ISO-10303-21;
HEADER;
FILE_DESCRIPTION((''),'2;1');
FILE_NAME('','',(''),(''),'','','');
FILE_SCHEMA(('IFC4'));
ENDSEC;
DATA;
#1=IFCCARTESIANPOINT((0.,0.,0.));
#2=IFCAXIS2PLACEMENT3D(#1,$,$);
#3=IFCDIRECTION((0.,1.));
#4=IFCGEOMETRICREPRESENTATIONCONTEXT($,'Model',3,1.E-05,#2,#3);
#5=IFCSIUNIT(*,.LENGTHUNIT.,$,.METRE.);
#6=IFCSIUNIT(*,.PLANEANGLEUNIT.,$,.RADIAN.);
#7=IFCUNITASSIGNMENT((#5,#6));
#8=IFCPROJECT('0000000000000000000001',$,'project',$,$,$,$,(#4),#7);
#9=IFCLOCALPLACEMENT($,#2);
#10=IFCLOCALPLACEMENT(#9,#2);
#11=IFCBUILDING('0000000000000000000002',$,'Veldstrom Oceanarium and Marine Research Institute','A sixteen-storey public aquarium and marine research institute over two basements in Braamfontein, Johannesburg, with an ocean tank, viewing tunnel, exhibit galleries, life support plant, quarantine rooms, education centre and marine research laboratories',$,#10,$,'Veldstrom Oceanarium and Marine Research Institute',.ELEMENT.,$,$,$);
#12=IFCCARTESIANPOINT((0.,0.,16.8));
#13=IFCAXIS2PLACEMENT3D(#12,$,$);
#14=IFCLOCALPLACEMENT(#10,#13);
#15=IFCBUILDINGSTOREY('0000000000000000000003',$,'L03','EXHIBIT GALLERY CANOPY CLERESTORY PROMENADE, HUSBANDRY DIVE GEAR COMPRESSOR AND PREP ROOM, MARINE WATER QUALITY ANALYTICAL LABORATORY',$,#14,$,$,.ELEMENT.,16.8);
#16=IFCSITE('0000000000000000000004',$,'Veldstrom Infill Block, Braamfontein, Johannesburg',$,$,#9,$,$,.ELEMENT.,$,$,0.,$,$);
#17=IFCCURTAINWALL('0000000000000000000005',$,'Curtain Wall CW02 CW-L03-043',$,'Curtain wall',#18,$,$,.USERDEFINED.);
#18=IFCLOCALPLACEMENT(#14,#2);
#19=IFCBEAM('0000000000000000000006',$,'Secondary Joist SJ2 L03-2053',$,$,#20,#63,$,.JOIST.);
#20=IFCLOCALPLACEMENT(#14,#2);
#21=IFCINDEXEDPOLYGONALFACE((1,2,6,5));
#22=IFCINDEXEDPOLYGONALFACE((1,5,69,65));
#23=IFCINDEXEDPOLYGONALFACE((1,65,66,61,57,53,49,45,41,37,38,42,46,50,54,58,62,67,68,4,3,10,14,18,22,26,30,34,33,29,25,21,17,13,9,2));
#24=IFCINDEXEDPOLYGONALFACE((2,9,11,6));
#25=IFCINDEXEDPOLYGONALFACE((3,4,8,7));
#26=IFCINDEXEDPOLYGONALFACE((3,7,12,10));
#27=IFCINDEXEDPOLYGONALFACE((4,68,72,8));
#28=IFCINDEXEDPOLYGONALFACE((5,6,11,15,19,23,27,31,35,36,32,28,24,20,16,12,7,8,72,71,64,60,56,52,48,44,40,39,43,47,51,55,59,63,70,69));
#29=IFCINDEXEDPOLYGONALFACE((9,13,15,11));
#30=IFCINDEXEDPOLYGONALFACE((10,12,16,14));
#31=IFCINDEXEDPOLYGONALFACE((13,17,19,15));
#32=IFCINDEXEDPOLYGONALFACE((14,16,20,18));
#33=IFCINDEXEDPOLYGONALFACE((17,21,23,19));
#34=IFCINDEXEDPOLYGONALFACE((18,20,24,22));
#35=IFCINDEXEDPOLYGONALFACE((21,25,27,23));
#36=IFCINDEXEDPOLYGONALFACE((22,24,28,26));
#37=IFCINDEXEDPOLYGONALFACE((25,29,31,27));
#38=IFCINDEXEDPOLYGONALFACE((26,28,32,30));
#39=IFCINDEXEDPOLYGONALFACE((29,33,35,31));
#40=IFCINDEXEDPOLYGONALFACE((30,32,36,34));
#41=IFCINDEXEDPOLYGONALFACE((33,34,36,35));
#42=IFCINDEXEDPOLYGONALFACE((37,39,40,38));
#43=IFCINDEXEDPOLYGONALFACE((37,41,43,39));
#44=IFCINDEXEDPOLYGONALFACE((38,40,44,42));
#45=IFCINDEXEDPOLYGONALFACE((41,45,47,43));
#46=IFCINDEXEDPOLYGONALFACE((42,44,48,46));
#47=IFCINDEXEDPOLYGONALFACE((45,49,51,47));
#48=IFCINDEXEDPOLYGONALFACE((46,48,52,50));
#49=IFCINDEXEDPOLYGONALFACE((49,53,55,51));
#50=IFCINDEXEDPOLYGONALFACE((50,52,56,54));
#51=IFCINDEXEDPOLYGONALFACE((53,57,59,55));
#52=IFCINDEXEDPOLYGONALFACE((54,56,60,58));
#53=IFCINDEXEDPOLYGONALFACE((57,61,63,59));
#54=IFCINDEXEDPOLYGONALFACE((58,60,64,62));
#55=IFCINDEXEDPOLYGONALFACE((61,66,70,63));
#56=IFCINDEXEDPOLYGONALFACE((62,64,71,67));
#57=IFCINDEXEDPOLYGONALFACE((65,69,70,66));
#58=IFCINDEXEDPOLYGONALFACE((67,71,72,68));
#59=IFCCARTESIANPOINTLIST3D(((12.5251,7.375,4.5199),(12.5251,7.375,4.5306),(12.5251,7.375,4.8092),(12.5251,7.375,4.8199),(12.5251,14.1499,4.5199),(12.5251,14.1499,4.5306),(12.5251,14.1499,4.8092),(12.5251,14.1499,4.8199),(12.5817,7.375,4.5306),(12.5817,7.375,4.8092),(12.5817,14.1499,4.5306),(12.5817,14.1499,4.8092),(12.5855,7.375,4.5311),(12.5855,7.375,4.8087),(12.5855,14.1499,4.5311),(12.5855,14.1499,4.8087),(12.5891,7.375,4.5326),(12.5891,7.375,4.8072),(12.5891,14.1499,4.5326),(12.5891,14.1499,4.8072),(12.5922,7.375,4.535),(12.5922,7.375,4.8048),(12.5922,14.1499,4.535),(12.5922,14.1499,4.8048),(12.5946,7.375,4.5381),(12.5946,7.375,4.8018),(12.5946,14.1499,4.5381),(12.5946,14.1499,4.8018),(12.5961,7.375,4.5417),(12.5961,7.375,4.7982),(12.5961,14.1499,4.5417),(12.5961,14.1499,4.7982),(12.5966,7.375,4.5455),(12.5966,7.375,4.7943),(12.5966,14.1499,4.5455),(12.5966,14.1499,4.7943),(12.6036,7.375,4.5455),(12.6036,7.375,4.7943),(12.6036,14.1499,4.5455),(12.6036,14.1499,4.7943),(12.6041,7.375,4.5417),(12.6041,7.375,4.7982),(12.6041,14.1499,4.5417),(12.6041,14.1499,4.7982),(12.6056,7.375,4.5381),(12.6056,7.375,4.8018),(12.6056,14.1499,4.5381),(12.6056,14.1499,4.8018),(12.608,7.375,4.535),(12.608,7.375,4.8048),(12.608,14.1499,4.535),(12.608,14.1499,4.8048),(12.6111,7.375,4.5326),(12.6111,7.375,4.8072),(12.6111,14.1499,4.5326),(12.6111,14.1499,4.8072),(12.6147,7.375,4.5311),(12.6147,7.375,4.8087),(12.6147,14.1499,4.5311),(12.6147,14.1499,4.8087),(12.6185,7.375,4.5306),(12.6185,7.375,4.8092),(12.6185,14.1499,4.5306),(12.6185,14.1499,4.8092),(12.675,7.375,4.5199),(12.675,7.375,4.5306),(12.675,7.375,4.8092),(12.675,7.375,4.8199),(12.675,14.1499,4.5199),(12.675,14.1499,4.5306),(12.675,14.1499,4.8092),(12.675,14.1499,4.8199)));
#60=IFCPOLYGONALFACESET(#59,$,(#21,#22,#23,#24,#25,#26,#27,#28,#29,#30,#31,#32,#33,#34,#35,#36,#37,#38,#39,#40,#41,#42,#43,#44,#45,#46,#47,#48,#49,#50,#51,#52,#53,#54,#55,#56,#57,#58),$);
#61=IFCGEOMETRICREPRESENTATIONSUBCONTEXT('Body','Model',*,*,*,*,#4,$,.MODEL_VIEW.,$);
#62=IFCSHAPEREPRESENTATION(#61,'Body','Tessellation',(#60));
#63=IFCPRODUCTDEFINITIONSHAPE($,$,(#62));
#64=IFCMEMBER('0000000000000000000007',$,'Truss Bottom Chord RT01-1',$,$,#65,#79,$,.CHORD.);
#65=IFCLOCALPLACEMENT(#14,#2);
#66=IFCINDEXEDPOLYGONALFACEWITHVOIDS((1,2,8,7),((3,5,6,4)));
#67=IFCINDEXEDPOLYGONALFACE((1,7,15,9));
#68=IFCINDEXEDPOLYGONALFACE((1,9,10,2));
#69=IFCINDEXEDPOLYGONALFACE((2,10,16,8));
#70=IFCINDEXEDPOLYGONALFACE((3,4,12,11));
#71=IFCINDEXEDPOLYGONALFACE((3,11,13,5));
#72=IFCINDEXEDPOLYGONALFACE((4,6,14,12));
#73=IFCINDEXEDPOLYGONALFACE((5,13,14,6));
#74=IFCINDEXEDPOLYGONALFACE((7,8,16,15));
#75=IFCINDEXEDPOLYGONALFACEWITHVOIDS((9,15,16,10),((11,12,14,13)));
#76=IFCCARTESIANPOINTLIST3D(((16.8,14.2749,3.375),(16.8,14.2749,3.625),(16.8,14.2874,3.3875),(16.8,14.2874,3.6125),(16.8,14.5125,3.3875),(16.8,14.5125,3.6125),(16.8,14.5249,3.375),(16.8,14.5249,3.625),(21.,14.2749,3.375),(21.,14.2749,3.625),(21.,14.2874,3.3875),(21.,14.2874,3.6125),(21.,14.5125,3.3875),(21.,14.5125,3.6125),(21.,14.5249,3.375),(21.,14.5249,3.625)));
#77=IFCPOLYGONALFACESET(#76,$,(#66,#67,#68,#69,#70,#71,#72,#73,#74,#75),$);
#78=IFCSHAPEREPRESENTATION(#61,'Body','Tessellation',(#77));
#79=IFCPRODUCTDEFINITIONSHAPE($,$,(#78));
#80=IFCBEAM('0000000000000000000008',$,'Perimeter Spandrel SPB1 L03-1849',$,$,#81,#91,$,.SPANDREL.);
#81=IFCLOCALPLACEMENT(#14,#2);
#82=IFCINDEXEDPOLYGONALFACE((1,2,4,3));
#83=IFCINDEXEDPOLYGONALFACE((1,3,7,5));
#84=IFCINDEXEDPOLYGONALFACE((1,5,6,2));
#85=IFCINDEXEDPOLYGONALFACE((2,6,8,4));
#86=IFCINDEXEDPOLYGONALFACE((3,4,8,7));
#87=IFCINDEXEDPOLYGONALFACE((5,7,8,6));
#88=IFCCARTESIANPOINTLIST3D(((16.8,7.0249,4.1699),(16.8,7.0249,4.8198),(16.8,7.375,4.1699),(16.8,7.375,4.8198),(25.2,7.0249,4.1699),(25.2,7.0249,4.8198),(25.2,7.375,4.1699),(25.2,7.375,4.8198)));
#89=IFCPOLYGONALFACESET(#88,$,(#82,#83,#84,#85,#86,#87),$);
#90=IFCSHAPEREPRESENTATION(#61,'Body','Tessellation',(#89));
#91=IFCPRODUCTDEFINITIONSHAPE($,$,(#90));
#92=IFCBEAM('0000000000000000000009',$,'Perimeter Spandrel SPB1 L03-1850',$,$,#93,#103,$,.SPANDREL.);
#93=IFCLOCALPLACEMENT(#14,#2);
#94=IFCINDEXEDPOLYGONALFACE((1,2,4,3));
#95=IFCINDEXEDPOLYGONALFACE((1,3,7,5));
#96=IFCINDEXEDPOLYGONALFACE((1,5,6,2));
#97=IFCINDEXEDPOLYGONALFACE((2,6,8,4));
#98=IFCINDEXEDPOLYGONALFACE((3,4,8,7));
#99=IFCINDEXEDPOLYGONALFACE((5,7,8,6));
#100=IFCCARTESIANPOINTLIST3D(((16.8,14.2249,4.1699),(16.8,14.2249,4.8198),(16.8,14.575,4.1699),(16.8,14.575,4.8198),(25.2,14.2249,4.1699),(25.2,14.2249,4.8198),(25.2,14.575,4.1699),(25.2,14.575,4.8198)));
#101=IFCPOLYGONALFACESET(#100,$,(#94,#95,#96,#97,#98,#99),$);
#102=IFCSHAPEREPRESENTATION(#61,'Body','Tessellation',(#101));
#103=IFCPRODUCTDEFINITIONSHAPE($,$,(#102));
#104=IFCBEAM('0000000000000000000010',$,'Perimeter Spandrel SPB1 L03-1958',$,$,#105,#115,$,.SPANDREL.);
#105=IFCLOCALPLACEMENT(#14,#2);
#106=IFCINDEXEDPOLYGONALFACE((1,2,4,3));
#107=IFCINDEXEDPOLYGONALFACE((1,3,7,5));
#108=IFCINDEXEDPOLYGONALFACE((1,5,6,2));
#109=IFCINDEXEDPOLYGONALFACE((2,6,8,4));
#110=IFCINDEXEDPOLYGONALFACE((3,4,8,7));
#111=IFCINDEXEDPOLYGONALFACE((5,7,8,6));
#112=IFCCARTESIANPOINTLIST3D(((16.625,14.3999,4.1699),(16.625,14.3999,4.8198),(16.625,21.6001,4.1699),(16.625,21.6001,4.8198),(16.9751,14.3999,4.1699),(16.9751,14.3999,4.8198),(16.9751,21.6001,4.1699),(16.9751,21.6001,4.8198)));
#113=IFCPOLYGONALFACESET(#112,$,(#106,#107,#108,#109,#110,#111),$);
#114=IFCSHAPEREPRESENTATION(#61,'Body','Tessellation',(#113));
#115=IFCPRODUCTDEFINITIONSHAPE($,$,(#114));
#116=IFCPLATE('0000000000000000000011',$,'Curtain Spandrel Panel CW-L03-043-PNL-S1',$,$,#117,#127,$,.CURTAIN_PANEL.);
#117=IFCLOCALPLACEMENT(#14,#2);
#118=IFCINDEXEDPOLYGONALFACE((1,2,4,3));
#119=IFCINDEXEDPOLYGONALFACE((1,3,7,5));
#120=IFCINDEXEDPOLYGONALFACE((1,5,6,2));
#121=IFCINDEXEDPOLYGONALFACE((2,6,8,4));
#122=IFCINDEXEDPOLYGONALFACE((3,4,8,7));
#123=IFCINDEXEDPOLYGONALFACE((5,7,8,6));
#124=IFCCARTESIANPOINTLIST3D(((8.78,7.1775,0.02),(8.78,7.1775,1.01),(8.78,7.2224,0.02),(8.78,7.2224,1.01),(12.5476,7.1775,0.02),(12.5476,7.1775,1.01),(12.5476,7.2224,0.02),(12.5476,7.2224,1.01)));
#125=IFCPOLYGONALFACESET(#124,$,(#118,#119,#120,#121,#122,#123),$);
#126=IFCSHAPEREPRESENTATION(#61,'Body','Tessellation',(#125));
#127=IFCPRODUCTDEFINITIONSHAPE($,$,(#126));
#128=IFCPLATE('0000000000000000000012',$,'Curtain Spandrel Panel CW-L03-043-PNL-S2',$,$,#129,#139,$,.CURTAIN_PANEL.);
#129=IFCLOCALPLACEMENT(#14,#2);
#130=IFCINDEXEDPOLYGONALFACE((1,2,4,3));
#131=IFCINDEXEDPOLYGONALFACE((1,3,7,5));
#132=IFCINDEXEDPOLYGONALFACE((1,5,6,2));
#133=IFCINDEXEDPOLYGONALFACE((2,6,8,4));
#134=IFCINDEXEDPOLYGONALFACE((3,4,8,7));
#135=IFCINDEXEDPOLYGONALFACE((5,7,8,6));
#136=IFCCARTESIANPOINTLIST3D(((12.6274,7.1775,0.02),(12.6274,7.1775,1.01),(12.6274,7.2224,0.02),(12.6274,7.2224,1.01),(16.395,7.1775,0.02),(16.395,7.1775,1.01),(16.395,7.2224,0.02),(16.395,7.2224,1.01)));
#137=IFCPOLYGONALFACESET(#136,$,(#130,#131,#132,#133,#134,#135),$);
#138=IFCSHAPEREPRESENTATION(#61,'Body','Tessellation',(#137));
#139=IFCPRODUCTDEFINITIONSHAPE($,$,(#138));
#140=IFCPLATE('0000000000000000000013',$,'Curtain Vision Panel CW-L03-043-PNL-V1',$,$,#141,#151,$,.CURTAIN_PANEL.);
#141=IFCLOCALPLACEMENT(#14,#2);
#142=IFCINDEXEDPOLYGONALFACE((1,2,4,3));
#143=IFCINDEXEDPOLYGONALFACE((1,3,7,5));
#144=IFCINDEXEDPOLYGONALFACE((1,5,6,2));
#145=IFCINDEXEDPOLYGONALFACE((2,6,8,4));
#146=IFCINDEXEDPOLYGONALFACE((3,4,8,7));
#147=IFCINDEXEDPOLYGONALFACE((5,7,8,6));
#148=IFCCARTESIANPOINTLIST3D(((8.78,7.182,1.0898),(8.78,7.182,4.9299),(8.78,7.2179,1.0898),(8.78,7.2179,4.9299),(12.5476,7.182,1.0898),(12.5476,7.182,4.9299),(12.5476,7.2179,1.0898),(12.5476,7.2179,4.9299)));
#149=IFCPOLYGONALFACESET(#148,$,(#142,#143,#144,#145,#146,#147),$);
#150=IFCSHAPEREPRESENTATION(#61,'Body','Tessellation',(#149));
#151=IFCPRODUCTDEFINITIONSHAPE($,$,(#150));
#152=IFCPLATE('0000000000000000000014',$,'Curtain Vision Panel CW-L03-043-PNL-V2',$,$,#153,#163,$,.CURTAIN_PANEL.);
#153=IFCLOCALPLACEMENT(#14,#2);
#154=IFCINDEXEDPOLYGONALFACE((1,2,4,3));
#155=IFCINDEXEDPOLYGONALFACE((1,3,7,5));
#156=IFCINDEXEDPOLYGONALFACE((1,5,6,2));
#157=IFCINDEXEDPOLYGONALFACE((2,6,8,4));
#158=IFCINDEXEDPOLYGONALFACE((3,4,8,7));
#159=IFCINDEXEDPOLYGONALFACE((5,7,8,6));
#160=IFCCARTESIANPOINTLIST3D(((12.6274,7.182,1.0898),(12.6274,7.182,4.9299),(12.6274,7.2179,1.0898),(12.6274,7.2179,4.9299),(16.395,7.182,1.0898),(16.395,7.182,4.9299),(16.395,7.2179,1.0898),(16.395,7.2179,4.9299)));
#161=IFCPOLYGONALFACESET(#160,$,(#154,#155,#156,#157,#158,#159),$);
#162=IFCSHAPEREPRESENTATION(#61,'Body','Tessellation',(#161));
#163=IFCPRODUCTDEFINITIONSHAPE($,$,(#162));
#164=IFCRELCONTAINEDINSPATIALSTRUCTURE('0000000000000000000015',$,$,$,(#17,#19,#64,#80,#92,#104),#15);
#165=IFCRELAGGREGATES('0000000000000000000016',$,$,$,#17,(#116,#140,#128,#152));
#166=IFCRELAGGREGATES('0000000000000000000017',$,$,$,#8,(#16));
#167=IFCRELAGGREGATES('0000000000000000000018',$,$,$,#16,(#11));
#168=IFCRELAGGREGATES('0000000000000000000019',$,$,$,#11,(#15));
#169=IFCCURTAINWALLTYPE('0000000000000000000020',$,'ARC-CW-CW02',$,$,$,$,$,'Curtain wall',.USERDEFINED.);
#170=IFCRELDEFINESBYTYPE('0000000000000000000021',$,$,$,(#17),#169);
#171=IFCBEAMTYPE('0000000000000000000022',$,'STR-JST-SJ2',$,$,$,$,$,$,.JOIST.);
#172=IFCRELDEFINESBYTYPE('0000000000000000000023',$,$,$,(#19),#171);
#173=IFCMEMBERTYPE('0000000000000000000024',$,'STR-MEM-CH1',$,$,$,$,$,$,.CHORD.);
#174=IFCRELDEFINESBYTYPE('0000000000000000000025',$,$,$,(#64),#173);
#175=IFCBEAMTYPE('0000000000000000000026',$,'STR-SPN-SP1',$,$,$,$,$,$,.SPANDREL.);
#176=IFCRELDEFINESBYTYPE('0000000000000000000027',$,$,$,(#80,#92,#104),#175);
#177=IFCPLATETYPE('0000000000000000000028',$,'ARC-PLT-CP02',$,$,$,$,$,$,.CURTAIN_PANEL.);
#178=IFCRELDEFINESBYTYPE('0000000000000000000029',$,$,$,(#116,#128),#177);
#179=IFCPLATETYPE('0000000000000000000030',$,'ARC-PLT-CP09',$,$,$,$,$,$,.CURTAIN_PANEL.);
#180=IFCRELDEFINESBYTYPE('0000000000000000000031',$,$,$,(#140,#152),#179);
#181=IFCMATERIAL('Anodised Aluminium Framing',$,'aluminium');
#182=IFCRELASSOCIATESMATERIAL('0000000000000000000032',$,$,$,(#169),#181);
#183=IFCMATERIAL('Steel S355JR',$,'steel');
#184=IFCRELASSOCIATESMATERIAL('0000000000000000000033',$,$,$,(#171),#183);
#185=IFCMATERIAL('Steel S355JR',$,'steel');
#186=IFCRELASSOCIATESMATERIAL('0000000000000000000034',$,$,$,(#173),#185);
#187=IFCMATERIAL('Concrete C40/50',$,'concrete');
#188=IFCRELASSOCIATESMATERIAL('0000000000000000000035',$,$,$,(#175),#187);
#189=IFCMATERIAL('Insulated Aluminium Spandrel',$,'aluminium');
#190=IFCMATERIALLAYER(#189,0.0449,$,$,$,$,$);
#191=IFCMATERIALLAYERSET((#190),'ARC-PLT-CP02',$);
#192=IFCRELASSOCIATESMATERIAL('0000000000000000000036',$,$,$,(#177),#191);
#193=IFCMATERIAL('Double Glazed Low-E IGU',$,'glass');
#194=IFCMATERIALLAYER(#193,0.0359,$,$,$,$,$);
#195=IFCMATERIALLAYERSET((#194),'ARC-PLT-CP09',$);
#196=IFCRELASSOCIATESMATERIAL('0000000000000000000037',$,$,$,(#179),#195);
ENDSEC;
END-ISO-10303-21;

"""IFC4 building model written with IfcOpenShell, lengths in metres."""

from ifc_helpers import new_model, si_unit, direction, frame, origin, origin_2d, place, context, subcontext, project, spatial, rectangle, hollow_rectangle, i_section, extrude, material, layer, layer_set, material_profile, profile_set, type_object, element, aggregate, save


model = new_model("IFC4")

# Units and contexts
model_context = context("Model", 3, precision=1e-05, world=origin(), true_north=direction((0.0, 1.0)))
body_context = subcontext(model_context, "Body", "Model", "MODEL_VIEW")
ifc_project = project(units=[si_unit("LENGTHUNIT", "METRE"), si_unit("PLANEANGLEUNIT", "RADIAN")], contexts=[model_context])

# Site, building, storey
site_placement = place(None, origin())
site = spatial("IfcSite", under=ifc_project, at=site_placement, Name="Veldstrom Infill Block, Braamfontein, Johannesburg", CompositionType="ELEMENT", RefElevation=0.0)
building_placement = place(site_placement, origin())
building = spatial("IfcBuilding", under=site, at=building_placement, Name="Veldstrom Oceanarium and Marine Research Institute", Description="A sixteen-storey public aquarium and marine research institute over two basements in Braamfontein, Johannesburg, with an ocean tank, viewing tunnel, exhibit galleries, life support plant, quarantine rooms, education centre and marine research laboratories", LongName="Veldstrom Oceanarium and Marine Research Institute", CompositionType="ELEMENT")
storey_placement = place(building_placement, frame((0.0, 0.0, 16.8)))
storey = spatial("IfcBuildingStorey", under=building, at=storey_placement, Name="L03", Description="EXHIBIT GALLERY CANOPY CLERESTORY PROMENADE, HUSBANDRY DIVE GEAR COMPRESSOR AND PREP ROOM, MARINE WATER QUALITY ANALYTICAL LABORATORY", CompositionType="ELEMENT", Elevation=16.8)

# Curtain wall
ifc_material_1 = material(Name="Anodised Aluminium Framing", Category="aluminium")
curtain_wall_type = type_object("IfcCurtainWallType", Name="ARC-CW-CW02", ElementType="Curtain wall", PredefinedType="USERDEFINED", material=ifc_material_1)
curtain_wall_placement = place(storey_placement, origin())
curtain_wall = element("IfcCurtainWall", 1, at=curtain_wall_placement, inside=storey, type_object=curtain_wall_type, Name="Curtain Wall CW02 CW-L03-043", ObjectType="Curtain wall", PredefinedType="USERDEFINED")

# Beam
ifc_material_2 = material(Name="Steel S355JR", Category="steel")
ifc_material_profile_1 = material_profile(ifc_material_2, i_section(OverallWidth=0.1499, OverallDepth=0.3, WebThickness=0.0071, FlangeThickness=0.0107, FilletRadius=0.0149, at=origin_2d()), Name="IPE 300")
ifc_profile_set_1 = profile_set([ifc_material_profile_1], Name="Steel S355JR")
beam_type_1 = type_object("IfcBeamType", Name="STR-JST-SJ2", PredefinedType="JOIST", material=ifc_profile_set_1)
beam_1_placement = place(storey_placement, frame((12.6001, 7.375, 4.6699), z_axis=(0.0, 1.0, 0.0), x_axis=(-1.0, 0.0, 0.0)))
element("IfcBeam", 2, at=beam_1_placement, inside=storey, type_object=beam_type_1, Name="Secondary Joist SJ2 L03-2053", PredefinedType="JOIST", context=body_context, shape_type="SweptSolid", body=[
    extrude(i_section(OverallWidth=0.1499, OverallDepth=0.3, WebThickness=0.0071, FlangeThickness=0.0107, FilletRadius=0.0149, at=origin_2d()), origin(), (0.0, 0.0, 1.0), 6.7749),
])

# Member
ifc_material_3 = material(Name="Steel S355JR", Category="steel")
ifc_material_profile_2 = material_profile(ifc_material_3, hollow_rectangle(XDim=0.25, YDim=0.25, WallThickness=0.0125, at=origin_2d()), Name="SHS 250x250x12.5")
ifc_profile_set_2 = profile_set([ifc_material_profile_2], Name="Steel S355JR")
member_type_1 = type_object("IfcMemberType", Name="STR-MEM-CH1", PredefinedType="CHORD", material=ifc_profile_set_2)
member_1_placement = place(storey_placement, frame((16.8, 14.3999, 3.5), z_axis=(1.0, 0.0, 0.0), x_axis=(0.0, 1.0, 0.0)))
element("IfcMember", 3, at=member_1_placement, inside=storey, type_object=member_type_1, Name="Truss Bottom Chord RT01-1", PredefinedType="CHORD", context=body_context, shape_type="SweptSolid", body=[
    extrude(hollow_rectangle(XDim=0.25, YDim=0.25, WallThickness=0.0125, at=origin_2d()), origin(), (0.0, 0.0, 1.0), 4.2),
])

# Beams
ifc_material_4 = material(Name="Concrete C40/50", Category="concrete")
ifc_material_profile_3 = material_profile(ifc_material_4, rectangle(XDim=0.3501, YDim=0.6499, at=origin_2d()), Name="RC-SPN-350x650")
ifc_profile_set_3 = profile_set([ifc_material_profile_3], Name="Concrete C40/50")
beam_type_2 = type_object("IfcBeamType", Name="STR-SPN-SP1", PredefinedType="SPANDREL", material=ifc_profile_set_3)
for number, where, z_axis, x_axis, name in (
    (4, (16.8, 7.2, 4.4949), (1.0, 0.0, 0.0), (0.0, 1.0, 0.0), "Perimeter Spandrel SPB1 L03-1849"),
    (5, (16.8, 14.3999, 4.4949), (1.0, 0.0, 0.0), (0.0, 1.0, 0.0), "Perimeter Spandrel SPB1 L03-1850"),
):
    element("IfcBeam", number, at=place(storey_placement, frame(where, z_axis=z_axis, x_axis=x_axis)), inside=storey, type_object=beam_type_2, Name=name, PredefinedType="SPANDREL", context=body_context, shape_type="SweptSolid", body=[
        extrude(rectangle(XDim=0.3501, YDim=0.6499, at=origin_2d()), origin(), (0.0, 0.0, 1.0), 8.3999),
    ])
beam_2_placement = place(storey_placement, frame((16.8, 14.3999, 4.4949), z_axis=(0.0, 1.0, 0.0), x_axis=(-1.0, 0.0, 0.0)))
element("IfcBeam", 6, at=beam_2_placement, inside=storey, type_object=beam_type_2, Name="Perimeter Spandrel SPB1 L03-1958", PredefinedType="SPANDREL", context=body_context, shape_type="SweptSolid", body=[
    extrude(rectangle(XDim=0.3501, YDim=0.6499, at=origin_2d()), origin(), (0.0, 0.0, 1.0), 7.2002),
])

# Plates
ifc_material_5 = material(Name="Insulated Aluminium Spandrel", Category="aluminium")
ifc_layer_1 = layer(ifc_material_5, 0.0449)
ifc_layer_set_1 = layer_set([ifc_layer_1], Name="ARC-PLT-CP02")
plate_type_1 = type_object("IfcPlateType", Name="ARC-PLT-CP02", PredefinedType="CURTAIN_PANEL", material=ifc_layer_set_1)
plate_1_placement = place(storey_placement, frame((10.6638, 7.2, 0.02), z_axis=(0.0, 0.0, 1.0), x_axis=(1.0, 0.0, 0.0)))
plate_1 = element("IfcPlate", 7, at=plate_1_placement, type_object=plate_type_1, Name="Curtain Spandrel Panel CW-L03-043-PNL-S1", PredefinedType="CURTAIN_PANEL", context=body_context, shape_type="SweptSolid", body=[
    extrude(rectangle(XDim=3.7676, YDim=0.0449, at=origin_2d()), origin(), (0.0, 0.0, 1.0), 0.99),
])
plate_2_placement = place(storey_placement, frame((14.5112, 7.2, 0.02), z_axis=(0.0, 0.0, 1.0), x_axis=(1.0, 0.0, 0.0)))
plate_2 = element("IfcPlate", 8, at=plate_2_placement, type_object=plate_type_1, Name="Curtain Spandrel Panel CW-L03-043-PNL-S2", PredefinedType="CURTAIN_PANEL", context=body_context, shape_type="SweptSolid", body=[
    extrude(rectangle(XDim=3.7676, YDim=0.0449, at=origin_2d()), origin(), (0.0, 0.0, 1.0), 0.99),
])
ifc_material_6 = material(Name="Double Glazed Low-E IGU", Category="glass")
ifc_layer_2 = layer(ifc_material_6, 0.0359)
ifc_layer_set_2 = layer_set([ifc_layer_2], Name="ARC-PLT-CP09")
plate_type_2 = type_object("IfcPlateType", Name="ARC-PLT-CP09", PredefinedType="CURTAIN_PANEL", material=ifc_layer_set_2)
plate_3_placement = place(storey_placement, frame((10.6638, 7.2, 1.0898), z_axis=(0.0, 0.0, 1.0), x_axis=(1.0, 0.0, 0.0)))
plate_3 = element("IfcPlate", 9, at=plate_3_placement, type_object=plate_type_2, Name="Curtain Vision Panel CW-L03-043-PNL-V1", PredefinedType="CURTAIN_PANEL", context=body_context, shape_type="SweptSolid", body=[
    extrude(rectangle(XDim=3.7676, YDim=0.0359, at=origin_2d()), origin(), (0.0, 0.0, 1.0), 3.8401),
])
plate_4_placement = place(storey_placement, frame((14.5112, 7.2, 1.0898), z_axis=(0.0, 0.0, 1.0), x_axis=(1.0, 0.0, 0.0)))
plate_4 = element("IfcPlate", 10, at=plate_4_placement, type_object=plate_type_2, Name="Curtain Vision Panel CW-L03-043-PNL-V2", PredefinedType="CURTAIN_PANEL", context=body_context, shape_type="SweptSolid", body=[
    extrude(rectangle(XDim=3.7676, YDim=0.0359, at=origin_2d()), origin(), (0.0, 0.0, 1.0), 3.8401),
])
aggregate(curtain_wall, [plate_1, plate_3, plate_2, plate_4])

save(model, "model.ifc")
